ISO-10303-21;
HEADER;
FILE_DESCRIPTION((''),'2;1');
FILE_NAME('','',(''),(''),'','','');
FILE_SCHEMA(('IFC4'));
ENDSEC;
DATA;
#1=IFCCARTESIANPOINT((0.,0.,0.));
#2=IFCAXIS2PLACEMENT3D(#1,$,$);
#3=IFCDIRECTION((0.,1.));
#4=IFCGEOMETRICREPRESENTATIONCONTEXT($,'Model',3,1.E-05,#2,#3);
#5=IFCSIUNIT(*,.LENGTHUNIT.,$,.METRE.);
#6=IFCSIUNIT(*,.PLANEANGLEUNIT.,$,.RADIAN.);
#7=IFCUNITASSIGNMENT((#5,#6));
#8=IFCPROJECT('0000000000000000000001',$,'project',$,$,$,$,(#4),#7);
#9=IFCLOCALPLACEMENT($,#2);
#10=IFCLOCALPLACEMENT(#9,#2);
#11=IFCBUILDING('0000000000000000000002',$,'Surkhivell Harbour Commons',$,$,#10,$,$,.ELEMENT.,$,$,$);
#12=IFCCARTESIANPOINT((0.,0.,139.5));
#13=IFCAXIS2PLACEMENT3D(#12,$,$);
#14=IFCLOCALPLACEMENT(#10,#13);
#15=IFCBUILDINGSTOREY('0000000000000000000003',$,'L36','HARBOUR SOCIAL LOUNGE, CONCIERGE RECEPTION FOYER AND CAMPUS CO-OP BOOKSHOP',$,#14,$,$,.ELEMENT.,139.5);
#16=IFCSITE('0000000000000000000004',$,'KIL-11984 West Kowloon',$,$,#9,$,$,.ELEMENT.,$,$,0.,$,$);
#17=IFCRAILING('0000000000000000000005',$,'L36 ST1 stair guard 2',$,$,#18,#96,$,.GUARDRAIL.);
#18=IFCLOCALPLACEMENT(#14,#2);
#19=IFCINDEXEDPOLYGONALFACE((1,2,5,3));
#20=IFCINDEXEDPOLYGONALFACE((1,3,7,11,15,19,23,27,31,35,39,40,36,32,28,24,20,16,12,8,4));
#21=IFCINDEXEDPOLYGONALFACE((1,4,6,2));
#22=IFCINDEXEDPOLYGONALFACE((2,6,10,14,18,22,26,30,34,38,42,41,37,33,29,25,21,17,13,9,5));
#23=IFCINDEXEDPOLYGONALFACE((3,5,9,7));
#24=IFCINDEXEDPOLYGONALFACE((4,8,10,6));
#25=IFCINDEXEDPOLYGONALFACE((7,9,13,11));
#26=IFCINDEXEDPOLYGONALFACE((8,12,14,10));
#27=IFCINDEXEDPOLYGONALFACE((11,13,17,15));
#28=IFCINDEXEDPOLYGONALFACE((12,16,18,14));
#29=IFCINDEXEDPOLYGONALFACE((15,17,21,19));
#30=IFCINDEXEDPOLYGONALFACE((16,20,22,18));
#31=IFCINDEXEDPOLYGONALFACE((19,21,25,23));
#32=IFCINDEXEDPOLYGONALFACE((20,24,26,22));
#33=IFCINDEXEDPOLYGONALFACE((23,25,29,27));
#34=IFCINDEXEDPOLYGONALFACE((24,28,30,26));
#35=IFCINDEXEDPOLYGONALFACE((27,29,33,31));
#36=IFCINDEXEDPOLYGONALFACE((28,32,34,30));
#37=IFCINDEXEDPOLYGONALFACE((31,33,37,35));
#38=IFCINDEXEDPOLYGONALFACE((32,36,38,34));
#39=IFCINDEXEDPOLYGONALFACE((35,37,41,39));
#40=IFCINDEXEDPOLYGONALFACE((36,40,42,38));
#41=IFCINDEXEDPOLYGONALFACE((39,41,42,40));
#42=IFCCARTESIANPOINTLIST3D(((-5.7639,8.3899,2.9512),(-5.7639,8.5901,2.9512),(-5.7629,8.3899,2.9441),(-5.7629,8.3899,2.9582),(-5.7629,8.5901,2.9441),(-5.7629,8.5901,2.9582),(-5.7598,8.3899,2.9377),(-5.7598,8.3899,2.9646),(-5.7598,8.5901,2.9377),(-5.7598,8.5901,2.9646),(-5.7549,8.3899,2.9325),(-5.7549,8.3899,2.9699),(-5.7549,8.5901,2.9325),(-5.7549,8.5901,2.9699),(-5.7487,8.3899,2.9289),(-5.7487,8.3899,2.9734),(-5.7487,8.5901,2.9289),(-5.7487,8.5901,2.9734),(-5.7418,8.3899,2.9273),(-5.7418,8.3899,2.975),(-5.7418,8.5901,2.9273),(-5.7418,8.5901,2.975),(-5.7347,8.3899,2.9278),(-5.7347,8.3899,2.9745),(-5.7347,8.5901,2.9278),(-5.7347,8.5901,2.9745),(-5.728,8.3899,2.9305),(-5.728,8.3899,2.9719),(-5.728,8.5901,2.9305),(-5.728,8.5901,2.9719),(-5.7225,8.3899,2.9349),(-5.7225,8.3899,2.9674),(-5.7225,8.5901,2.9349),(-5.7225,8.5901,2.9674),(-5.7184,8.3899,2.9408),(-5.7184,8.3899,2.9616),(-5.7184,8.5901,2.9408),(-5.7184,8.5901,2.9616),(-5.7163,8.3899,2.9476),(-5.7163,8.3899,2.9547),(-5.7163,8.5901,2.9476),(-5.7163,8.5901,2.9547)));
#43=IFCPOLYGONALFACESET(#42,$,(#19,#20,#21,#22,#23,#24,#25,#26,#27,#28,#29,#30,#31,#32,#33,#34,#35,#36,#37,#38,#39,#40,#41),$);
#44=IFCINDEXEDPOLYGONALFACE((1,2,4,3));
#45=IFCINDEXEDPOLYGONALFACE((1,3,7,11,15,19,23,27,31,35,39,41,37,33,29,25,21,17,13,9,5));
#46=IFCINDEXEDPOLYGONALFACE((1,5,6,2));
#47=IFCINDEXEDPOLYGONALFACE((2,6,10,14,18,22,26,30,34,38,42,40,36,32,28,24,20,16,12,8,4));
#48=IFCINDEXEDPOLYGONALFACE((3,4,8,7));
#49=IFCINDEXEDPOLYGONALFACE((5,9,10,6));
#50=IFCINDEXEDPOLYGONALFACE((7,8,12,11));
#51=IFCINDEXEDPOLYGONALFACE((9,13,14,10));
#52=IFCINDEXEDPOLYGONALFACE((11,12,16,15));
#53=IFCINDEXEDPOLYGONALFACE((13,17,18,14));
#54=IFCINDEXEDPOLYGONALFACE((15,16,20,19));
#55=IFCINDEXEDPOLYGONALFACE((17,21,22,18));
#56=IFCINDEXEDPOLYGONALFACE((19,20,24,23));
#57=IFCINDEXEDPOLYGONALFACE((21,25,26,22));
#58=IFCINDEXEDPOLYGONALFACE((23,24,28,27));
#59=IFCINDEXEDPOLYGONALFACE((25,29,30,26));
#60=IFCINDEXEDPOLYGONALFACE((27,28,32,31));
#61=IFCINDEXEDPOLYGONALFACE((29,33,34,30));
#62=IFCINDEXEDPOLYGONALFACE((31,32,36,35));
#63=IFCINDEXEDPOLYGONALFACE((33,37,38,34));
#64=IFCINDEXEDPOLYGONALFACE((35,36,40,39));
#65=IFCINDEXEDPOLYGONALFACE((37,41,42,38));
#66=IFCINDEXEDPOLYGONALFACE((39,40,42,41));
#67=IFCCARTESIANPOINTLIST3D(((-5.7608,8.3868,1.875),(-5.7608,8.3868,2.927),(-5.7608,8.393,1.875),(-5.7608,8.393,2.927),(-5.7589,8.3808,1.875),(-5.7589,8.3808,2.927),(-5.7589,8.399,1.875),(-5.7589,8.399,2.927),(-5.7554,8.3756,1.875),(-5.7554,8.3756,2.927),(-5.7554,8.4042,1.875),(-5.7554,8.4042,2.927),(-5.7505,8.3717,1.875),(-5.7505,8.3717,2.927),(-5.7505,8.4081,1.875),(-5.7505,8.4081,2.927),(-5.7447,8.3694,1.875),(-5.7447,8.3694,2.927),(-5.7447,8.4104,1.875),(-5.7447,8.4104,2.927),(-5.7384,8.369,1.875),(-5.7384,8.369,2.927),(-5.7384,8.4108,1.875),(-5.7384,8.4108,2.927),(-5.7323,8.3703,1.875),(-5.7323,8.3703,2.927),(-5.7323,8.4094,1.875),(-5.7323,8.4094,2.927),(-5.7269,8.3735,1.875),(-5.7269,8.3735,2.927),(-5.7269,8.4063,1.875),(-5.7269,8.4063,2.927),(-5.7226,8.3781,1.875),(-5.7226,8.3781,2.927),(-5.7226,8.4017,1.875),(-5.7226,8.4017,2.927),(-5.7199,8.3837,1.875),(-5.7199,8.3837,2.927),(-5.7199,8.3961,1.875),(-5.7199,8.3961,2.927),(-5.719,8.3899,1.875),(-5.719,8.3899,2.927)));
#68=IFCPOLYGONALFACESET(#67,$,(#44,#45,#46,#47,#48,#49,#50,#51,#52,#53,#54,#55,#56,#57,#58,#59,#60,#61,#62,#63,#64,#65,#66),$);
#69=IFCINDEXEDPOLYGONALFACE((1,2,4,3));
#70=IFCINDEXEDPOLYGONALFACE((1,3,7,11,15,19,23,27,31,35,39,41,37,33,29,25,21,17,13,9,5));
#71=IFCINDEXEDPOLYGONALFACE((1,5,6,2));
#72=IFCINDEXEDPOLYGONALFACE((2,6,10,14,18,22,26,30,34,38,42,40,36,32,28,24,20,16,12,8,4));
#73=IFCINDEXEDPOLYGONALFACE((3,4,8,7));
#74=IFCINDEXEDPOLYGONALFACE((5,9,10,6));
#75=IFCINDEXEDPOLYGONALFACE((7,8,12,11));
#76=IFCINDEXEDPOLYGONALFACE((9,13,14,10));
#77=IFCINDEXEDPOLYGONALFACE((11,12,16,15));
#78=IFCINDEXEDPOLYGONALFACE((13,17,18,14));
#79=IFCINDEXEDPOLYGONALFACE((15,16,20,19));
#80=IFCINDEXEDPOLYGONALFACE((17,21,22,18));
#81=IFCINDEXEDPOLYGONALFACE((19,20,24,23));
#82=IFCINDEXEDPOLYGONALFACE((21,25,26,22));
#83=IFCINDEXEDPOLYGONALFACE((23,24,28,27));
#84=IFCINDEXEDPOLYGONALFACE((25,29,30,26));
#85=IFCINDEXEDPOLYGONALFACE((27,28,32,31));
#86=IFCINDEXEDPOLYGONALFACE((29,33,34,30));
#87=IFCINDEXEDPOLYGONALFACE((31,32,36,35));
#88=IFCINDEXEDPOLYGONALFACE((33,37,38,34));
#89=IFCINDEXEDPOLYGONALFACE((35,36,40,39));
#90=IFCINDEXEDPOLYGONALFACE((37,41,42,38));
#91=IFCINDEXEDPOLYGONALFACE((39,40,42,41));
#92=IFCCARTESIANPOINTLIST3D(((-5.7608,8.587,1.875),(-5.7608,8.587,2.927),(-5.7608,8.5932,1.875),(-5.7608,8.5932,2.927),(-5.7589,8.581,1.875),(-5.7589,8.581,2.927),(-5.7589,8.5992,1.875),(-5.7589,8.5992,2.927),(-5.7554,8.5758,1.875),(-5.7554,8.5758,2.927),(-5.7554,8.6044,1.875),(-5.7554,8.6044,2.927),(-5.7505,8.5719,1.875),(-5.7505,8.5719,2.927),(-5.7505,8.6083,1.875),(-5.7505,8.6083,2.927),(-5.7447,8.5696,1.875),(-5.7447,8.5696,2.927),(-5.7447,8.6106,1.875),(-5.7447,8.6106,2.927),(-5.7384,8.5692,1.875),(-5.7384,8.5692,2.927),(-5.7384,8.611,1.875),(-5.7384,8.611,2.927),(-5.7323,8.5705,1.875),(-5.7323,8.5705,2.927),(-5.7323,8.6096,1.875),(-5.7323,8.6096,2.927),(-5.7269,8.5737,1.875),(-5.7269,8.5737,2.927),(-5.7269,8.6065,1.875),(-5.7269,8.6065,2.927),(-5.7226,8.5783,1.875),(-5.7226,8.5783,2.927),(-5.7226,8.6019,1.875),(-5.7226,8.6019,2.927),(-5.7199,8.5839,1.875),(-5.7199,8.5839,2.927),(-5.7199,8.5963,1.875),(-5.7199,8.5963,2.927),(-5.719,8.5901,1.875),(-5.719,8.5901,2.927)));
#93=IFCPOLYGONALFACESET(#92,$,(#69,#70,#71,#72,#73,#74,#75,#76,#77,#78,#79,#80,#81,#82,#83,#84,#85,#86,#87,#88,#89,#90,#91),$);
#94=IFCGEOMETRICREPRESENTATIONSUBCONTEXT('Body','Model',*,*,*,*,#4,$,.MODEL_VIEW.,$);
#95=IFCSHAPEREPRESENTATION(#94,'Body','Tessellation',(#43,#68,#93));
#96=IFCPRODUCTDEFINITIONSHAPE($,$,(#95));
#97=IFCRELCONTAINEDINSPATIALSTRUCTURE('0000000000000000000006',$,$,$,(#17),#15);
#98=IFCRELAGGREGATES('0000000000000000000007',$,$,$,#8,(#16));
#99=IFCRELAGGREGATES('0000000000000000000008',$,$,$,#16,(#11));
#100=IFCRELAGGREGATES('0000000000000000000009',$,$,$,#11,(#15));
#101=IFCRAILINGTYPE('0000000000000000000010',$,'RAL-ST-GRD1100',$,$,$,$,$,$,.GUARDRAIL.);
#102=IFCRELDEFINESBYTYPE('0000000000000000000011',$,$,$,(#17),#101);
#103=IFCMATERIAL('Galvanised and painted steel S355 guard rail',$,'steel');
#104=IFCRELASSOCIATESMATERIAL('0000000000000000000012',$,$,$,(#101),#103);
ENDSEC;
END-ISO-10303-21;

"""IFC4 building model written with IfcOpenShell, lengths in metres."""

from ifc_helpers import new_model, si_unit, direction, frame, origin, origin_2d, place, context, subcontext, project, spatial, circle, extrude, material, type_object, element, save


model = new_model("IFC4")

# Units and contexts
model_context = context("Model", 3, precision=1e-05, world=origin(), true_north=direction((0.0, 1.0)))
body_context = subcontext(model_context, "Body", "Model", "MODEL_VIEW")
ifc_project = project(units=[si_unit("LENGTHUNIT", "METRE"), si_unit("PLANEANGLEUNIT", "RADIAN")], contexts=[model_context])

# Site, building, storey
site_placement = place(None, origin())
site = spatial("IfcSite", under=ifc_project, at=site_placement, Name="KIL-11984 West Kowloon", CompositionType="ELEMENT", RefElevation=0.0)
building_placement = place(site_placement, origin())
building = spatial("IfcBuilding", under=site, at=building_placement, Name="Surkhivell Harbour Commons", CompositionType="ELEMENT")
storey_placement = place(building_placement, frame((0.0, 0.0, 139.5)))
storey = spatial("IfcBuildingStorey", under=building, at=storey_placement, Name="L36", Description="HARBOUR SOCIAL LOUNGE, CONCIERGE RECEPTION FOYER AND CAMPUS CO-OP BOOKSHOP", CompositionType="ELEMENT", Elevation=139.5)

# Railing
ifc_material_1 = material(Name="Galvanised and painted steel S355 guard rail", Category="steel")
railing_type_1 = type_object("IfcRailingType", Name="RAL-ST-GRD1100", PredefinedType="GUARDRAIL", material=ifc_material_1)
railing_1_placement = place(storey_placement, frame((-5.74, 8.3899, 1.875)))
element("IfcRailing", 1, at=railing_1_placement, inside=storey, type_object=railing_type_1, Name="L36 ST1 stair guard 2", PredefinedType="GUARDRAIL", context=body_context, shape_type="SweptSolid", body=[
    extrude(circle(Radius=0.0239, at=origin_2d()), frame((0.0, 0.0, 1.0762), z_axis=(0.0, 1.0, 0.0), x_axis=(-1.0, 0.0, 0.0)), (0.0, 0.0, 1.0), 0.2002),
    extrude(circle(Radius=0.021, at=origin_2d()), origin(), (0.0, 0.0, 1.0), 1.052),
    extrude(circle(Radius=0.021, at=origin_2d()), frame((0.0, 0.2002, 0.0)), (0.0, 0.0, 1.0), 1.052),
])

save(model, "model.ifc")
